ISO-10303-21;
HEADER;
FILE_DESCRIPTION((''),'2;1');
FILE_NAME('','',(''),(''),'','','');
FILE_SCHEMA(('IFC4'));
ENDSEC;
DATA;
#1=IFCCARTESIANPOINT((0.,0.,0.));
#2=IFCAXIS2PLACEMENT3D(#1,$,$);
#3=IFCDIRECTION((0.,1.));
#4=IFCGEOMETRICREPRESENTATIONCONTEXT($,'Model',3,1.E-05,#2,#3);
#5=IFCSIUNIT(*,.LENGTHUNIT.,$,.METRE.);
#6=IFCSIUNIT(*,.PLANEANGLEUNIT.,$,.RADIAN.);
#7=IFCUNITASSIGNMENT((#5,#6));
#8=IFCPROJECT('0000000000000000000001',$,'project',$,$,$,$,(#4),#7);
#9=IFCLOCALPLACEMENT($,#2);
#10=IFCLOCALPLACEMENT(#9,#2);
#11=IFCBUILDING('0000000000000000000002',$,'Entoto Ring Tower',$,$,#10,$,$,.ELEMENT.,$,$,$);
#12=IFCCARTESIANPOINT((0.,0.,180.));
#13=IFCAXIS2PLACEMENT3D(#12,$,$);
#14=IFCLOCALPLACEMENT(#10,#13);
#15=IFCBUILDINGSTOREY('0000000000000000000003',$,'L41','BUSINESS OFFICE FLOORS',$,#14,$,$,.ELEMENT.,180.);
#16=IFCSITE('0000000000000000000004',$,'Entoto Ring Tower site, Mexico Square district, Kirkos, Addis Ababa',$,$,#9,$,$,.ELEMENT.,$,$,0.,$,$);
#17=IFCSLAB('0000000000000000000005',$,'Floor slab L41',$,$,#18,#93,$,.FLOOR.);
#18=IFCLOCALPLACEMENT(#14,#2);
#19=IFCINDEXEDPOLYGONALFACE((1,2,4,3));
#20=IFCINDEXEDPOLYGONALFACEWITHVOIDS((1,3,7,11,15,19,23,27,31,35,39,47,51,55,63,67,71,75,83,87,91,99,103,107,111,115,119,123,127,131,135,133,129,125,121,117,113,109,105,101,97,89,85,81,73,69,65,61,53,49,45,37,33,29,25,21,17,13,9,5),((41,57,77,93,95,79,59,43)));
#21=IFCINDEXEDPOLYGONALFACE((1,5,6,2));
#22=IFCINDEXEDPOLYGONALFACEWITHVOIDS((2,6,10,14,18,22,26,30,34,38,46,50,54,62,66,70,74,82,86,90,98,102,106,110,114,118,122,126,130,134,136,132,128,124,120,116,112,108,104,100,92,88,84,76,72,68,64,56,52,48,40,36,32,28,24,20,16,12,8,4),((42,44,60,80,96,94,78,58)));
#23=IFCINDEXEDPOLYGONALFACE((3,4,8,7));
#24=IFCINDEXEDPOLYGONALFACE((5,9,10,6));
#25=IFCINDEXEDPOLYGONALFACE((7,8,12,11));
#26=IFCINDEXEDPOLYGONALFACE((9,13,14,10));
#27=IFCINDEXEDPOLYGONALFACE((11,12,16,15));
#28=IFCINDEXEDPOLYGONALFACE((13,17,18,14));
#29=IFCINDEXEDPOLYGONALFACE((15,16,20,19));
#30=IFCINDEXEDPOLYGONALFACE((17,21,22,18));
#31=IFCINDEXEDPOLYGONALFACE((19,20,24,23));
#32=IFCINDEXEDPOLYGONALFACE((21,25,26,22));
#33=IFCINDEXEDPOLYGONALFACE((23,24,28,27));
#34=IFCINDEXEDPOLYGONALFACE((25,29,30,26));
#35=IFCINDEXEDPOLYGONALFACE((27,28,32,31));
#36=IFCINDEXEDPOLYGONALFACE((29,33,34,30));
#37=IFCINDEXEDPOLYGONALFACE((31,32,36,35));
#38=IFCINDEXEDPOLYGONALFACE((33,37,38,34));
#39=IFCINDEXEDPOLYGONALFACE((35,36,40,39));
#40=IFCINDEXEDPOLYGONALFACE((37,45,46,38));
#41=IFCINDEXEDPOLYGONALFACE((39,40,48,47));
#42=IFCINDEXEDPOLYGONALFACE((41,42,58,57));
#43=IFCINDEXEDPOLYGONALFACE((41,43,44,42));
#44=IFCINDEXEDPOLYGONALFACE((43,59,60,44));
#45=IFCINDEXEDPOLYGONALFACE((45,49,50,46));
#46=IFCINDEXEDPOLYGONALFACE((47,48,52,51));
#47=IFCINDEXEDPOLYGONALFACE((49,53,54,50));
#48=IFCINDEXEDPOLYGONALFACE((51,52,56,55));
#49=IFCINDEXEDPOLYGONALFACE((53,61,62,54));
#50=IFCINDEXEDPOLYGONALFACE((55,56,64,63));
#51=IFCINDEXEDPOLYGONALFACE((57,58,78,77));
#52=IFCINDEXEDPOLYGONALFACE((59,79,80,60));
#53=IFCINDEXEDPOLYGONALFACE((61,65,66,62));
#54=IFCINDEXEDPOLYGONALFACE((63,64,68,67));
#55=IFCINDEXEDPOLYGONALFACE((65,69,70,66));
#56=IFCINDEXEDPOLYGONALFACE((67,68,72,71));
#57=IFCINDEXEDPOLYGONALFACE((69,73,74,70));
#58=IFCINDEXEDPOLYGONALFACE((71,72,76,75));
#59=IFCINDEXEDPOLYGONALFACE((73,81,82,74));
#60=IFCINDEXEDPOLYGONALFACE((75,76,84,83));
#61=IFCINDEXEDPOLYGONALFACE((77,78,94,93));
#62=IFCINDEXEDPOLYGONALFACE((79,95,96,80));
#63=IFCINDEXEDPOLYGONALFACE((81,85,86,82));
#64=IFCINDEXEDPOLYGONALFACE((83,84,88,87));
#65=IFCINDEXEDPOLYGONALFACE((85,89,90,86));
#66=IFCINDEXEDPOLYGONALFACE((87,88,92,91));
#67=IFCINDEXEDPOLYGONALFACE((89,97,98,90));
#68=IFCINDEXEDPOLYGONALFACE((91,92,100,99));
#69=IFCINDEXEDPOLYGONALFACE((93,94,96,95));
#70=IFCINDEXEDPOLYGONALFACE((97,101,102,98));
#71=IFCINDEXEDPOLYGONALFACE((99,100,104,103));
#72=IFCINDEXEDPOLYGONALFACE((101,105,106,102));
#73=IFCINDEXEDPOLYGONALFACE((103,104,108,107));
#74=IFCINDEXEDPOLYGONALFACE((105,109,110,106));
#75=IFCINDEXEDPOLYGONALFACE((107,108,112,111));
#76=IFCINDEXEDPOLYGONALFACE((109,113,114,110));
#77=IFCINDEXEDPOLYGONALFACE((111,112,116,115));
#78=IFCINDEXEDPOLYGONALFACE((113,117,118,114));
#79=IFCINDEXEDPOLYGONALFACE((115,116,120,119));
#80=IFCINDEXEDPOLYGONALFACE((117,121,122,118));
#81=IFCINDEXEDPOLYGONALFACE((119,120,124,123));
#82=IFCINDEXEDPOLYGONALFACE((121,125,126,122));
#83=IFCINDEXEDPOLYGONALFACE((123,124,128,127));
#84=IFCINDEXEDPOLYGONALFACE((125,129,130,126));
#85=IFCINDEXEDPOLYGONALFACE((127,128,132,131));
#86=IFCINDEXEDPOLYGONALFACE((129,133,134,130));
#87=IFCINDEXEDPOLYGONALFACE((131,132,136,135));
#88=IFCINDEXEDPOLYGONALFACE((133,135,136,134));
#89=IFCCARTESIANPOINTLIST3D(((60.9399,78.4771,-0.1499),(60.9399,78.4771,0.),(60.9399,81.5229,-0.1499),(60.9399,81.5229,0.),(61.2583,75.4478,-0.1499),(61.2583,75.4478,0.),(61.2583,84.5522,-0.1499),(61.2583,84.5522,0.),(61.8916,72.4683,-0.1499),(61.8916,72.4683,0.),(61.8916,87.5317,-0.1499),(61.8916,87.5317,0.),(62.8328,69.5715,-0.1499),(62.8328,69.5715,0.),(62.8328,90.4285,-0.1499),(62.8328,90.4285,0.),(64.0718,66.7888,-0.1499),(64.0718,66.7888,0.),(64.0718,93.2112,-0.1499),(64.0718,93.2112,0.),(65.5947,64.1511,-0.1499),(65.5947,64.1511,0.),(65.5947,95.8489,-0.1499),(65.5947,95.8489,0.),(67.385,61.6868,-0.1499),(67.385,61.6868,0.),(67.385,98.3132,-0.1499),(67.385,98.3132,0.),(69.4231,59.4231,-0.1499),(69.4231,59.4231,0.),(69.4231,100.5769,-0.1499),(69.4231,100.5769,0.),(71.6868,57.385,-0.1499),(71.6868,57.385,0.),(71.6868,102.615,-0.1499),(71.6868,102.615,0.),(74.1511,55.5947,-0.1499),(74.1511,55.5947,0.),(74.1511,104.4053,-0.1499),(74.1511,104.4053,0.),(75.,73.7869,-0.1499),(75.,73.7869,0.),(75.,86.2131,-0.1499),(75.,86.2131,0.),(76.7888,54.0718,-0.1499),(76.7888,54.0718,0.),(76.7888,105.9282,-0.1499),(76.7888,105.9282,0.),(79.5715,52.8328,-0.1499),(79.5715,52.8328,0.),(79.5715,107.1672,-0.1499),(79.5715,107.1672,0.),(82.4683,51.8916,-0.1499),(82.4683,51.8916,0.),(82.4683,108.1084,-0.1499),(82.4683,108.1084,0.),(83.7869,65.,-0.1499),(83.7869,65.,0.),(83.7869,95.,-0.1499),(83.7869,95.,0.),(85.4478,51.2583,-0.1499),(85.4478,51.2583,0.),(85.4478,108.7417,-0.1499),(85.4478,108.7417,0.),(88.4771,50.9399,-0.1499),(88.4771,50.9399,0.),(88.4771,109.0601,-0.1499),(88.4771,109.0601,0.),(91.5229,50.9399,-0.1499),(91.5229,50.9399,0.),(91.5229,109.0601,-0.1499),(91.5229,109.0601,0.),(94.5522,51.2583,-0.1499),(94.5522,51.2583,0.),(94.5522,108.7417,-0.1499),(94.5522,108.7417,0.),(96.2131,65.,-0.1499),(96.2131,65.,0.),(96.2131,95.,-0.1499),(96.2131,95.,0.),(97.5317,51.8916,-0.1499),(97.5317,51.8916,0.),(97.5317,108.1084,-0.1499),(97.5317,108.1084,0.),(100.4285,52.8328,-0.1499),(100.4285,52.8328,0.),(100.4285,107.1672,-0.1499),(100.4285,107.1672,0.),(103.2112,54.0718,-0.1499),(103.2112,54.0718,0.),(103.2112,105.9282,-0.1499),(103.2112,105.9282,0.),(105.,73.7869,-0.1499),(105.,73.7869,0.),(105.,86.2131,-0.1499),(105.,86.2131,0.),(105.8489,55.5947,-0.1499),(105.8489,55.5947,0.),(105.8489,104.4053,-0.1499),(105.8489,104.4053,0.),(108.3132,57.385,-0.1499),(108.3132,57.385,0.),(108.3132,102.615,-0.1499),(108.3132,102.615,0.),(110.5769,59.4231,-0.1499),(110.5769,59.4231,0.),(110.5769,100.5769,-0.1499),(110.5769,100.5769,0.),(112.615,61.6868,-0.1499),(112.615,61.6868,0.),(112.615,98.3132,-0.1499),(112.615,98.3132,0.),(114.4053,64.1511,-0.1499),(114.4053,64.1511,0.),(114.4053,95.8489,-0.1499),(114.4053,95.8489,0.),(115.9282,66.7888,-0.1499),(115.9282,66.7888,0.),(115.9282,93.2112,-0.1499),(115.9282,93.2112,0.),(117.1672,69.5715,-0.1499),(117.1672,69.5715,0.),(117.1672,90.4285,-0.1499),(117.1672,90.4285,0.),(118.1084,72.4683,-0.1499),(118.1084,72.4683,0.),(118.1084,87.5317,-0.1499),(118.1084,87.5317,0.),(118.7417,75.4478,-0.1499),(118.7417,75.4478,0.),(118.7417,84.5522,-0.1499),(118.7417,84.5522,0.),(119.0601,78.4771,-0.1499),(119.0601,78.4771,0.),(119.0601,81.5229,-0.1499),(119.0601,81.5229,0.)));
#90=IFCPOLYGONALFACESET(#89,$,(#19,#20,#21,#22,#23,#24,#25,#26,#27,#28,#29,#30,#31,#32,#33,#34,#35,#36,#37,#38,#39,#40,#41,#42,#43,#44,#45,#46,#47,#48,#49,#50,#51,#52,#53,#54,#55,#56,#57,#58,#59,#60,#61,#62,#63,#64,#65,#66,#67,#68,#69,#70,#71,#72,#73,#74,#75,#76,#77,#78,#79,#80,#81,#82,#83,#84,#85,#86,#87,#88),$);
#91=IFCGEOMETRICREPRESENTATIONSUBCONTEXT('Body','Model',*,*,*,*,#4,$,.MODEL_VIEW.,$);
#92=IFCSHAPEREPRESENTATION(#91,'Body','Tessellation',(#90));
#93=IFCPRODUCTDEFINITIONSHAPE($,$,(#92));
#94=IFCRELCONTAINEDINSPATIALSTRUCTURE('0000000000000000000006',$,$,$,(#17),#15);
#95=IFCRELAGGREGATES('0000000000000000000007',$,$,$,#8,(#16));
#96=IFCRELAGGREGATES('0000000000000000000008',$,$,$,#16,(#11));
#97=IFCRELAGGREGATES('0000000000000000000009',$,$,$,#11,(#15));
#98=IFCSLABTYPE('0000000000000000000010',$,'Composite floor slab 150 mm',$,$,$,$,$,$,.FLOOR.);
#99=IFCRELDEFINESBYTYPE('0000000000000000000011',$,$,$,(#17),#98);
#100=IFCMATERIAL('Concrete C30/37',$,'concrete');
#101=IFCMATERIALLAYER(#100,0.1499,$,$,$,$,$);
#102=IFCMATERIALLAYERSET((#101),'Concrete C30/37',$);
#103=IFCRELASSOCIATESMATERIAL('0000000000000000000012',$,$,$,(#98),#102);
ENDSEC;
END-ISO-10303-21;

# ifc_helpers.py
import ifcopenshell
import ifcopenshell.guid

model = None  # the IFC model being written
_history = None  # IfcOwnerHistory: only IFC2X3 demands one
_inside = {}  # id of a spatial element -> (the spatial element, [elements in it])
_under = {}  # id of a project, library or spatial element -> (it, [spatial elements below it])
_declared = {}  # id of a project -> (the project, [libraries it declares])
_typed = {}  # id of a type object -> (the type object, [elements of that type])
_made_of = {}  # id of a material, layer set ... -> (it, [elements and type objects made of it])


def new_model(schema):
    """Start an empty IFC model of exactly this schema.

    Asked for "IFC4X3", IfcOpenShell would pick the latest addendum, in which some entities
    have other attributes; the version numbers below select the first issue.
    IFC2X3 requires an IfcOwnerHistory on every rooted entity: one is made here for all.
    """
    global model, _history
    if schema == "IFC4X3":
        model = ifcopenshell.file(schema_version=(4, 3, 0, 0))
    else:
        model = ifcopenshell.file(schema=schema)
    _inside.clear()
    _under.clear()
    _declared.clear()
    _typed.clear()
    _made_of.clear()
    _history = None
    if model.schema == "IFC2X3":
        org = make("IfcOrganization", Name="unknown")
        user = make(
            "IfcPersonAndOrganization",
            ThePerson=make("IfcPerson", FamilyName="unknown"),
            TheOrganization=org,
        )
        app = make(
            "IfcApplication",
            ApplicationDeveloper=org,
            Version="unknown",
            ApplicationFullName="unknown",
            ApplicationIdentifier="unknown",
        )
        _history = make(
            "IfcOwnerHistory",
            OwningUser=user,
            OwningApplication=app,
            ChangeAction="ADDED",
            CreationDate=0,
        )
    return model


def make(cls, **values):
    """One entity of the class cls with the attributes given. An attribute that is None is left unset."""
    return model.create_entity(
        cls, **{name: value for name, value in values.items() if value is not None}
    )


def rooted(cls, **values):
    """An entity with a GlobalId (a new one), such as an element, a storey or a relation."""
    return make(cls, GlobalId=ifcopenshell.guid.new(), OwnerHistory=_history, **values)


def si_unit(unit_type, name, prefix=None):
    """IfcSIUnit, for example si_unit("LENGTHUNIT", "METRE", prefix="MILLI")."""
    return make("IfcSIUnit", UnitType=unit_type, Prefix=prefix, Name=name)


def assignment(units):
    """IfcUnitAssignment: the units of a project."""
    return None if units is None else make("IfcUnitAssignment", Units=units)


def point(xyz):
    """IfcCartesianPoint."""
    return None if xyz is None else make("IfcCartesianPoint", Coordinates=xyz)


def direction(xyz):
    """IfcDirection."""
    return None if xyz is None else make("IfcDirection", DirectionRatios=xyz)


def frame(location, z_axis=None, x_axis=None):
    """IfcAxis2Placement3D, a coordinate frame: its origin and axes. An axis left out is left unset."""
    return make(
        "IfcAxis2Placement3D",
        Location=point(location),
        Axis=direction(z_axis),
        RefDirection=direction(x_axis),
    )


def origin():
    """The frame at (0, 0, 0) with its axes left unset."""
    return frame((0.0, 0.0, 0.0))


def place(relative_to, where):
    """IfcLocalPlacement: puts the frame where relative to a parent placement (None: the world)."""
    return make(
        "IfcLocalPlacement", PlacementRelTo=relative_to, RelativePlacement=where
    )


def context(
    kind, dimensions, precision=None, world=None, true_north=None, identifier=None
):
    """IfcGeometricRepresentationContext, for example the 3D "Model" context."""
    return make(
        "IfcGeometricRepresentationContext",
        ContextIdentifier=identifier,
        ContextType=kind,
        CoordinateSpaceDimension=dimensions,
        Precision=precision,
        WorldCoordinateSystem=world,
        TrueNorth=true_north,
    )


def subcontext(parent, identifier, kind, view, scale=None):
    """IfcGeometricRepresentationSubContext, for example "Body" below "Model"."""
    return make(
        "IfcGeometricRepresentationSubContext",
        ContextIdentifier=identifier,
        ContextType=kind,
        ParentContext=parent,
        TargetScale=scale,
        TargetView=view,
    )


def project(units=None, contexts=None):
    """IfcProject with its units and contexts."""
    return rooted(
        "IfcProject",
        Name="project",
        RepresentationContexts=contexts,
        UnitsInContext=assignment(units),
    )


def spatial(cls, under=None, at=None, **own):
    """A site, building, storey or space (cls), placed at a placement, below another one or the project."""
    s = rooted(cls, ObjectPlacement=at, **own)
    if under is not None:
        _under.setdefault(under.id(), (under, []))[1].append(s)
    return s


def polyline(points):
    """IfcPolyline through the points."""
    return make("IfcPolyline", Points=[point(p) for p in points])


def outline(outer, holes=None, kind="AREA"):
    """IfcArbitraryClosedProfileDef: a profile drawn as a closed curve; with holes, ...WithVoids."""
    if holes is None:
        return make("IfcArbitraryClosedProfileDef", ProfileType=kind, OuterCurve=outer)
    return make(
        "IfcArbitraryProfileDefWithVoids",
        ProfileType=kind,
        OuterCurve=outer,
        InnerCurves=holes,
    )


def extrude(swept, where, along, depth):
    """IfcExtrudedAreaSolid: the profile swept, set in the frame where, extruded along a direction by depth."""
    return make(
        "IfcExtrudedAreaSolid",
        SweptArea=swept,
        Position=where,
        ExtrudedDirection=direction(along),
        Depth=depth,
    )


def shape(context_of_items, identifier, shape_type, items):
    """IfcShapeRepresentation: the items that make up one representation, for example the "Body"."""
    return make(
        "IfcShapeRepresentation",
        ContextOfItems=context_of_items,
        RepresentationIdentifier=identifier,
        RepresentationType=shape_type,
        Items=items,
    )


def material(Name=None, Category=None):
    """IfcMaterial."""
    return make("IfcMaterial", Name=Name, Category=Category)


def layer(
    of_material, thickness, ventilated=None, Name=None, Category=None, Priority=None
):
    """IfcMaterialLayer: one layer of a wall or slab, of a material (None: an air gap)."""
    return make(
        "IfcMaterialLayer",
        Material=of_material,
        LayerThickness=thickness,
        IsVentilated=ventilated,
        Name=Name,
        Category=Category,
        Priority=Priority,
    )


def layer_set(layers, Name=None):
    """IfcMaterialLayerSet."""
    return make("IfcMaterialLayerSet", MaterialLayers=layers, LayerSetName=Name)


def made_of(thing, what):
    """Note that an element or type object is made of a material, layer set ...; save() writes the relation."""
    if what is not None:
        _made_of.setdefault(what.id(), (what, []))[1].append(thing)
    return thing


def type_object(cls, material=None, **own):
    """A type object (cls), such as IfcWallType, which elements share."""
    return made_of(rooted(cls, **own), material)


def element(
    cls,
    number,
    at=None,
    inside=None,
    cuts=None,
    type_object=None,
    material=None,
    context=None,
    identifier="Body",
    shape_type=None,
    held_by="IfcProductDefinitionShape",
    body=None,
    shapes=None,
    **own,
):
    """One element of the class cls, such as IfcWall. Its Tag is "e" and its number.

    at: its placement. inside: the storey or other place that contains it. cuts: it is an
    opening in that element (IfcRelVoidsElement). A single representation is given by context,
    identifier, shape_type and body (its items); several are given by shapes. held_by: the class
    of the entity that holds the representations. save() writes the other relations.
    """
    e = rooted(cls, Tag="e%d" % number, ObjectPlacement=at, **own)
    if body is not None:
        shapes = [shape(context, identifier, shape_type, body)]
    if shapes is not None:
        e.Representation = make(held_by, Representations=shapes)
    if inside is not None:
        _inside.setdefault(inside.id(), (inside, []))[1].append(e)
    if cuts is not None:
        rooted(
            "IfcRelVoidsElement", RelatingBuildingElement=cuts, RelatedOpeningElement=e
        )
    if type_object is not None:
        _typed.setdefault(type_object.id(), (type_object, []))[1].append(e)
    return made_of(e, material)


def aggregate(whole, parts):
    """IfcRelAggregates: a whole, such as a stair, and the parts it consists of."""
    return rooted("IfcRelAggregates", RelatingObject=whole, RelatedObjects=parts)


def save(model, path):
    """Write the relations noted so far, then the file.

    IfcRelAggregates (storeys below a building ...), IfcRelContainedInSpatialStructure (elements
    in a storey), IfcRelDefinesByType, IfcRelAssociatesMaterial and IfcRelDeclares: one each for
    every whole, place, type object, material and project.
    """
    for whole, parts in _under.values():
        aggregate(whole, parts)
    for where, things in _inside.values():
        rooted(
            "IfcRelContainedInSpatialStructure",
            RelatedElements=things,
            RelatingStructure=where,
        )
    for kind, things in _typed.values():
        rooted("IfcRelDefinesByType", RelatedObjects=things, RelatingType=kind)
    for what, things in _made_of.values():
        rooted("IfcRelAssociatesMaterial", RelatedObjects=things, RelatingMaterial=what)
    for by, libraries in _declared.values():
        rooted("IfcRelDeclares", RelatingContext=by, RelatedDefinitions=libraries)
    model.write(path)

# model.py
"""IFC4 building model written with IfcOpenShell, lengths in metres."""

from ifc_helpers import new_model, si_unit, direction, frame, origin, place, context, subcontext, project, spatial, polyline, outline, extrude, material, layer, layer_set, type_object, element, save


model = new_model("IFC4")

# Units and contexts
model_context = context("Model", 3, precision=1e-05, world=origin(), true_north=direction((0.0, 1.0)))
body_context = subcontext(model_context, "Body", "Model", "MODEL_VIEW")
ifc_project = project(units=[si_unit("LENGTHUNIT", "METRE"), si_unit("PLANEANGLEUNIT", "RADIAN")], contexts=[model_context])

# Site, building, storey
site_placement = place(None, origin())
building_placement = place(site_placement, origin())
storey_placement = place(building_placement, frame((0.0, 0.0, 180.0)))
site = spatial("IfcSite", under=ifc_project, at=site_placement, Name="Entoto Ring Tower site, Mexico Square district, Kirkos, Addis Ababa", CompositionType="ELEMENT", RefElevation=0.0)
building = spatial("IfcBuilding", under=site, at=building_placement, Name="Entoto Ring Tower", CompositionType="ELEMENT")
storey = spatial("IfcBuildingStorey", under=building, at=storey_placement, Name="L41", Description="BUSINESS OFFICE FLOORS", CompositionType="ELEMENT", Elevation=180.0)

# Slab
ifc_material_1 = material(Name="Concrete C30/37", Category="concrete")
ifc_layer_1 = layer(ifc_material_1, 0.1499)
ifc_layer_set_1 = layer_set([ifc_layer_1], Name="Concrete C30/37")
slab_type = type_object("IfcSlabType", Name="Composite floor slab 150 mm", PredefinedType="FLOOR", material=ifc_layer_set_1)
slab_placement = place(storey_placement, frame((0.0, 0.0, -0.1499)))
element("IfcSlab", 1, at=slab_placement, inside=storey, type_object=slab_type, Name="Floor slab L41", PredefinedType="FLOOR", context=body_context, shape_type="SweptSolid", body=[
    extrude(outline(polyline([(118.7417, 84.5522), (118.1084, 87.5317), (117.1672, 90.4285), (115.9282, 93.2112), (114.4053, 95.8489), (112.615, 98.3132), (110.5769, 100.5769), (108.3132, 102.615), (105.8489, 104.4053), (103.2112, 105.9282), (100.4285, 107.1672), (97.5317, 108.1084), (94.5522, 108.7417), (91.5229, 109.0601), (88.4771, 109.0601), (85.4478, 108.7417), (82.4683, 108.1084), (79.5715, 107.1672), (76.7888, 105.9282), (74.1511, 104.4053), (71.6868, 102.615), (69.4231, 100.5769), (67.385, 98.3132), (65.5947, 95.8489), (64.0718, 93.2112), (62.8328, 90.4285), (61.8916, 87.5317), (61.2583, 84.5522), (60.9399, 81.5229), (60.9399, 78.4771), (61.2583, 75.4478), (61.8916, 72.4683), (62.8328, 69.5715), (64.0718, 66.7888), (65.5947, 64.1511), (67.385, 61.6868), (69.4231, 59.4231), (71.6868, 57.385), (74.1511, 55.5947), (76.7888, 54.0718), (79.5715, 52.8328), (82.4683, 51.8916), (85.4478, 51.2583), (88.4771, 50.9399), (91.5229, 50.9399), (94.5522, 51.2583), (97.5317, 51.8916), (100.4285, 52.8328), (103.2112, 54.0718), (105.8489, 55.5947), (108.3132, 57.385), (110.5769, 59.4231), (112.615, 61.6868), (114.4053, 64.1511), (115.9282, 66.7888), (117.1672, 69.5715), (118.1084, 72.4683), (118.7417, 75.4478), (119.0601, 78.4771), (119.0601, 81.5229), (118.7417, 84.5522)]), holes=[polyline([(105.0, 73.7869), (105.0, 86.2131), (96.2131, 95.0), (83.7869, 95.0), (75.0, 86.2131), (75.0, 73.7869), (83.7869, 65.0), (96.2131, 65.0), (105.0, 73.7869)])]), origin(), (0.0, 0.0, 1.0), 0.1499),
])

save(model, "model.ifc")
